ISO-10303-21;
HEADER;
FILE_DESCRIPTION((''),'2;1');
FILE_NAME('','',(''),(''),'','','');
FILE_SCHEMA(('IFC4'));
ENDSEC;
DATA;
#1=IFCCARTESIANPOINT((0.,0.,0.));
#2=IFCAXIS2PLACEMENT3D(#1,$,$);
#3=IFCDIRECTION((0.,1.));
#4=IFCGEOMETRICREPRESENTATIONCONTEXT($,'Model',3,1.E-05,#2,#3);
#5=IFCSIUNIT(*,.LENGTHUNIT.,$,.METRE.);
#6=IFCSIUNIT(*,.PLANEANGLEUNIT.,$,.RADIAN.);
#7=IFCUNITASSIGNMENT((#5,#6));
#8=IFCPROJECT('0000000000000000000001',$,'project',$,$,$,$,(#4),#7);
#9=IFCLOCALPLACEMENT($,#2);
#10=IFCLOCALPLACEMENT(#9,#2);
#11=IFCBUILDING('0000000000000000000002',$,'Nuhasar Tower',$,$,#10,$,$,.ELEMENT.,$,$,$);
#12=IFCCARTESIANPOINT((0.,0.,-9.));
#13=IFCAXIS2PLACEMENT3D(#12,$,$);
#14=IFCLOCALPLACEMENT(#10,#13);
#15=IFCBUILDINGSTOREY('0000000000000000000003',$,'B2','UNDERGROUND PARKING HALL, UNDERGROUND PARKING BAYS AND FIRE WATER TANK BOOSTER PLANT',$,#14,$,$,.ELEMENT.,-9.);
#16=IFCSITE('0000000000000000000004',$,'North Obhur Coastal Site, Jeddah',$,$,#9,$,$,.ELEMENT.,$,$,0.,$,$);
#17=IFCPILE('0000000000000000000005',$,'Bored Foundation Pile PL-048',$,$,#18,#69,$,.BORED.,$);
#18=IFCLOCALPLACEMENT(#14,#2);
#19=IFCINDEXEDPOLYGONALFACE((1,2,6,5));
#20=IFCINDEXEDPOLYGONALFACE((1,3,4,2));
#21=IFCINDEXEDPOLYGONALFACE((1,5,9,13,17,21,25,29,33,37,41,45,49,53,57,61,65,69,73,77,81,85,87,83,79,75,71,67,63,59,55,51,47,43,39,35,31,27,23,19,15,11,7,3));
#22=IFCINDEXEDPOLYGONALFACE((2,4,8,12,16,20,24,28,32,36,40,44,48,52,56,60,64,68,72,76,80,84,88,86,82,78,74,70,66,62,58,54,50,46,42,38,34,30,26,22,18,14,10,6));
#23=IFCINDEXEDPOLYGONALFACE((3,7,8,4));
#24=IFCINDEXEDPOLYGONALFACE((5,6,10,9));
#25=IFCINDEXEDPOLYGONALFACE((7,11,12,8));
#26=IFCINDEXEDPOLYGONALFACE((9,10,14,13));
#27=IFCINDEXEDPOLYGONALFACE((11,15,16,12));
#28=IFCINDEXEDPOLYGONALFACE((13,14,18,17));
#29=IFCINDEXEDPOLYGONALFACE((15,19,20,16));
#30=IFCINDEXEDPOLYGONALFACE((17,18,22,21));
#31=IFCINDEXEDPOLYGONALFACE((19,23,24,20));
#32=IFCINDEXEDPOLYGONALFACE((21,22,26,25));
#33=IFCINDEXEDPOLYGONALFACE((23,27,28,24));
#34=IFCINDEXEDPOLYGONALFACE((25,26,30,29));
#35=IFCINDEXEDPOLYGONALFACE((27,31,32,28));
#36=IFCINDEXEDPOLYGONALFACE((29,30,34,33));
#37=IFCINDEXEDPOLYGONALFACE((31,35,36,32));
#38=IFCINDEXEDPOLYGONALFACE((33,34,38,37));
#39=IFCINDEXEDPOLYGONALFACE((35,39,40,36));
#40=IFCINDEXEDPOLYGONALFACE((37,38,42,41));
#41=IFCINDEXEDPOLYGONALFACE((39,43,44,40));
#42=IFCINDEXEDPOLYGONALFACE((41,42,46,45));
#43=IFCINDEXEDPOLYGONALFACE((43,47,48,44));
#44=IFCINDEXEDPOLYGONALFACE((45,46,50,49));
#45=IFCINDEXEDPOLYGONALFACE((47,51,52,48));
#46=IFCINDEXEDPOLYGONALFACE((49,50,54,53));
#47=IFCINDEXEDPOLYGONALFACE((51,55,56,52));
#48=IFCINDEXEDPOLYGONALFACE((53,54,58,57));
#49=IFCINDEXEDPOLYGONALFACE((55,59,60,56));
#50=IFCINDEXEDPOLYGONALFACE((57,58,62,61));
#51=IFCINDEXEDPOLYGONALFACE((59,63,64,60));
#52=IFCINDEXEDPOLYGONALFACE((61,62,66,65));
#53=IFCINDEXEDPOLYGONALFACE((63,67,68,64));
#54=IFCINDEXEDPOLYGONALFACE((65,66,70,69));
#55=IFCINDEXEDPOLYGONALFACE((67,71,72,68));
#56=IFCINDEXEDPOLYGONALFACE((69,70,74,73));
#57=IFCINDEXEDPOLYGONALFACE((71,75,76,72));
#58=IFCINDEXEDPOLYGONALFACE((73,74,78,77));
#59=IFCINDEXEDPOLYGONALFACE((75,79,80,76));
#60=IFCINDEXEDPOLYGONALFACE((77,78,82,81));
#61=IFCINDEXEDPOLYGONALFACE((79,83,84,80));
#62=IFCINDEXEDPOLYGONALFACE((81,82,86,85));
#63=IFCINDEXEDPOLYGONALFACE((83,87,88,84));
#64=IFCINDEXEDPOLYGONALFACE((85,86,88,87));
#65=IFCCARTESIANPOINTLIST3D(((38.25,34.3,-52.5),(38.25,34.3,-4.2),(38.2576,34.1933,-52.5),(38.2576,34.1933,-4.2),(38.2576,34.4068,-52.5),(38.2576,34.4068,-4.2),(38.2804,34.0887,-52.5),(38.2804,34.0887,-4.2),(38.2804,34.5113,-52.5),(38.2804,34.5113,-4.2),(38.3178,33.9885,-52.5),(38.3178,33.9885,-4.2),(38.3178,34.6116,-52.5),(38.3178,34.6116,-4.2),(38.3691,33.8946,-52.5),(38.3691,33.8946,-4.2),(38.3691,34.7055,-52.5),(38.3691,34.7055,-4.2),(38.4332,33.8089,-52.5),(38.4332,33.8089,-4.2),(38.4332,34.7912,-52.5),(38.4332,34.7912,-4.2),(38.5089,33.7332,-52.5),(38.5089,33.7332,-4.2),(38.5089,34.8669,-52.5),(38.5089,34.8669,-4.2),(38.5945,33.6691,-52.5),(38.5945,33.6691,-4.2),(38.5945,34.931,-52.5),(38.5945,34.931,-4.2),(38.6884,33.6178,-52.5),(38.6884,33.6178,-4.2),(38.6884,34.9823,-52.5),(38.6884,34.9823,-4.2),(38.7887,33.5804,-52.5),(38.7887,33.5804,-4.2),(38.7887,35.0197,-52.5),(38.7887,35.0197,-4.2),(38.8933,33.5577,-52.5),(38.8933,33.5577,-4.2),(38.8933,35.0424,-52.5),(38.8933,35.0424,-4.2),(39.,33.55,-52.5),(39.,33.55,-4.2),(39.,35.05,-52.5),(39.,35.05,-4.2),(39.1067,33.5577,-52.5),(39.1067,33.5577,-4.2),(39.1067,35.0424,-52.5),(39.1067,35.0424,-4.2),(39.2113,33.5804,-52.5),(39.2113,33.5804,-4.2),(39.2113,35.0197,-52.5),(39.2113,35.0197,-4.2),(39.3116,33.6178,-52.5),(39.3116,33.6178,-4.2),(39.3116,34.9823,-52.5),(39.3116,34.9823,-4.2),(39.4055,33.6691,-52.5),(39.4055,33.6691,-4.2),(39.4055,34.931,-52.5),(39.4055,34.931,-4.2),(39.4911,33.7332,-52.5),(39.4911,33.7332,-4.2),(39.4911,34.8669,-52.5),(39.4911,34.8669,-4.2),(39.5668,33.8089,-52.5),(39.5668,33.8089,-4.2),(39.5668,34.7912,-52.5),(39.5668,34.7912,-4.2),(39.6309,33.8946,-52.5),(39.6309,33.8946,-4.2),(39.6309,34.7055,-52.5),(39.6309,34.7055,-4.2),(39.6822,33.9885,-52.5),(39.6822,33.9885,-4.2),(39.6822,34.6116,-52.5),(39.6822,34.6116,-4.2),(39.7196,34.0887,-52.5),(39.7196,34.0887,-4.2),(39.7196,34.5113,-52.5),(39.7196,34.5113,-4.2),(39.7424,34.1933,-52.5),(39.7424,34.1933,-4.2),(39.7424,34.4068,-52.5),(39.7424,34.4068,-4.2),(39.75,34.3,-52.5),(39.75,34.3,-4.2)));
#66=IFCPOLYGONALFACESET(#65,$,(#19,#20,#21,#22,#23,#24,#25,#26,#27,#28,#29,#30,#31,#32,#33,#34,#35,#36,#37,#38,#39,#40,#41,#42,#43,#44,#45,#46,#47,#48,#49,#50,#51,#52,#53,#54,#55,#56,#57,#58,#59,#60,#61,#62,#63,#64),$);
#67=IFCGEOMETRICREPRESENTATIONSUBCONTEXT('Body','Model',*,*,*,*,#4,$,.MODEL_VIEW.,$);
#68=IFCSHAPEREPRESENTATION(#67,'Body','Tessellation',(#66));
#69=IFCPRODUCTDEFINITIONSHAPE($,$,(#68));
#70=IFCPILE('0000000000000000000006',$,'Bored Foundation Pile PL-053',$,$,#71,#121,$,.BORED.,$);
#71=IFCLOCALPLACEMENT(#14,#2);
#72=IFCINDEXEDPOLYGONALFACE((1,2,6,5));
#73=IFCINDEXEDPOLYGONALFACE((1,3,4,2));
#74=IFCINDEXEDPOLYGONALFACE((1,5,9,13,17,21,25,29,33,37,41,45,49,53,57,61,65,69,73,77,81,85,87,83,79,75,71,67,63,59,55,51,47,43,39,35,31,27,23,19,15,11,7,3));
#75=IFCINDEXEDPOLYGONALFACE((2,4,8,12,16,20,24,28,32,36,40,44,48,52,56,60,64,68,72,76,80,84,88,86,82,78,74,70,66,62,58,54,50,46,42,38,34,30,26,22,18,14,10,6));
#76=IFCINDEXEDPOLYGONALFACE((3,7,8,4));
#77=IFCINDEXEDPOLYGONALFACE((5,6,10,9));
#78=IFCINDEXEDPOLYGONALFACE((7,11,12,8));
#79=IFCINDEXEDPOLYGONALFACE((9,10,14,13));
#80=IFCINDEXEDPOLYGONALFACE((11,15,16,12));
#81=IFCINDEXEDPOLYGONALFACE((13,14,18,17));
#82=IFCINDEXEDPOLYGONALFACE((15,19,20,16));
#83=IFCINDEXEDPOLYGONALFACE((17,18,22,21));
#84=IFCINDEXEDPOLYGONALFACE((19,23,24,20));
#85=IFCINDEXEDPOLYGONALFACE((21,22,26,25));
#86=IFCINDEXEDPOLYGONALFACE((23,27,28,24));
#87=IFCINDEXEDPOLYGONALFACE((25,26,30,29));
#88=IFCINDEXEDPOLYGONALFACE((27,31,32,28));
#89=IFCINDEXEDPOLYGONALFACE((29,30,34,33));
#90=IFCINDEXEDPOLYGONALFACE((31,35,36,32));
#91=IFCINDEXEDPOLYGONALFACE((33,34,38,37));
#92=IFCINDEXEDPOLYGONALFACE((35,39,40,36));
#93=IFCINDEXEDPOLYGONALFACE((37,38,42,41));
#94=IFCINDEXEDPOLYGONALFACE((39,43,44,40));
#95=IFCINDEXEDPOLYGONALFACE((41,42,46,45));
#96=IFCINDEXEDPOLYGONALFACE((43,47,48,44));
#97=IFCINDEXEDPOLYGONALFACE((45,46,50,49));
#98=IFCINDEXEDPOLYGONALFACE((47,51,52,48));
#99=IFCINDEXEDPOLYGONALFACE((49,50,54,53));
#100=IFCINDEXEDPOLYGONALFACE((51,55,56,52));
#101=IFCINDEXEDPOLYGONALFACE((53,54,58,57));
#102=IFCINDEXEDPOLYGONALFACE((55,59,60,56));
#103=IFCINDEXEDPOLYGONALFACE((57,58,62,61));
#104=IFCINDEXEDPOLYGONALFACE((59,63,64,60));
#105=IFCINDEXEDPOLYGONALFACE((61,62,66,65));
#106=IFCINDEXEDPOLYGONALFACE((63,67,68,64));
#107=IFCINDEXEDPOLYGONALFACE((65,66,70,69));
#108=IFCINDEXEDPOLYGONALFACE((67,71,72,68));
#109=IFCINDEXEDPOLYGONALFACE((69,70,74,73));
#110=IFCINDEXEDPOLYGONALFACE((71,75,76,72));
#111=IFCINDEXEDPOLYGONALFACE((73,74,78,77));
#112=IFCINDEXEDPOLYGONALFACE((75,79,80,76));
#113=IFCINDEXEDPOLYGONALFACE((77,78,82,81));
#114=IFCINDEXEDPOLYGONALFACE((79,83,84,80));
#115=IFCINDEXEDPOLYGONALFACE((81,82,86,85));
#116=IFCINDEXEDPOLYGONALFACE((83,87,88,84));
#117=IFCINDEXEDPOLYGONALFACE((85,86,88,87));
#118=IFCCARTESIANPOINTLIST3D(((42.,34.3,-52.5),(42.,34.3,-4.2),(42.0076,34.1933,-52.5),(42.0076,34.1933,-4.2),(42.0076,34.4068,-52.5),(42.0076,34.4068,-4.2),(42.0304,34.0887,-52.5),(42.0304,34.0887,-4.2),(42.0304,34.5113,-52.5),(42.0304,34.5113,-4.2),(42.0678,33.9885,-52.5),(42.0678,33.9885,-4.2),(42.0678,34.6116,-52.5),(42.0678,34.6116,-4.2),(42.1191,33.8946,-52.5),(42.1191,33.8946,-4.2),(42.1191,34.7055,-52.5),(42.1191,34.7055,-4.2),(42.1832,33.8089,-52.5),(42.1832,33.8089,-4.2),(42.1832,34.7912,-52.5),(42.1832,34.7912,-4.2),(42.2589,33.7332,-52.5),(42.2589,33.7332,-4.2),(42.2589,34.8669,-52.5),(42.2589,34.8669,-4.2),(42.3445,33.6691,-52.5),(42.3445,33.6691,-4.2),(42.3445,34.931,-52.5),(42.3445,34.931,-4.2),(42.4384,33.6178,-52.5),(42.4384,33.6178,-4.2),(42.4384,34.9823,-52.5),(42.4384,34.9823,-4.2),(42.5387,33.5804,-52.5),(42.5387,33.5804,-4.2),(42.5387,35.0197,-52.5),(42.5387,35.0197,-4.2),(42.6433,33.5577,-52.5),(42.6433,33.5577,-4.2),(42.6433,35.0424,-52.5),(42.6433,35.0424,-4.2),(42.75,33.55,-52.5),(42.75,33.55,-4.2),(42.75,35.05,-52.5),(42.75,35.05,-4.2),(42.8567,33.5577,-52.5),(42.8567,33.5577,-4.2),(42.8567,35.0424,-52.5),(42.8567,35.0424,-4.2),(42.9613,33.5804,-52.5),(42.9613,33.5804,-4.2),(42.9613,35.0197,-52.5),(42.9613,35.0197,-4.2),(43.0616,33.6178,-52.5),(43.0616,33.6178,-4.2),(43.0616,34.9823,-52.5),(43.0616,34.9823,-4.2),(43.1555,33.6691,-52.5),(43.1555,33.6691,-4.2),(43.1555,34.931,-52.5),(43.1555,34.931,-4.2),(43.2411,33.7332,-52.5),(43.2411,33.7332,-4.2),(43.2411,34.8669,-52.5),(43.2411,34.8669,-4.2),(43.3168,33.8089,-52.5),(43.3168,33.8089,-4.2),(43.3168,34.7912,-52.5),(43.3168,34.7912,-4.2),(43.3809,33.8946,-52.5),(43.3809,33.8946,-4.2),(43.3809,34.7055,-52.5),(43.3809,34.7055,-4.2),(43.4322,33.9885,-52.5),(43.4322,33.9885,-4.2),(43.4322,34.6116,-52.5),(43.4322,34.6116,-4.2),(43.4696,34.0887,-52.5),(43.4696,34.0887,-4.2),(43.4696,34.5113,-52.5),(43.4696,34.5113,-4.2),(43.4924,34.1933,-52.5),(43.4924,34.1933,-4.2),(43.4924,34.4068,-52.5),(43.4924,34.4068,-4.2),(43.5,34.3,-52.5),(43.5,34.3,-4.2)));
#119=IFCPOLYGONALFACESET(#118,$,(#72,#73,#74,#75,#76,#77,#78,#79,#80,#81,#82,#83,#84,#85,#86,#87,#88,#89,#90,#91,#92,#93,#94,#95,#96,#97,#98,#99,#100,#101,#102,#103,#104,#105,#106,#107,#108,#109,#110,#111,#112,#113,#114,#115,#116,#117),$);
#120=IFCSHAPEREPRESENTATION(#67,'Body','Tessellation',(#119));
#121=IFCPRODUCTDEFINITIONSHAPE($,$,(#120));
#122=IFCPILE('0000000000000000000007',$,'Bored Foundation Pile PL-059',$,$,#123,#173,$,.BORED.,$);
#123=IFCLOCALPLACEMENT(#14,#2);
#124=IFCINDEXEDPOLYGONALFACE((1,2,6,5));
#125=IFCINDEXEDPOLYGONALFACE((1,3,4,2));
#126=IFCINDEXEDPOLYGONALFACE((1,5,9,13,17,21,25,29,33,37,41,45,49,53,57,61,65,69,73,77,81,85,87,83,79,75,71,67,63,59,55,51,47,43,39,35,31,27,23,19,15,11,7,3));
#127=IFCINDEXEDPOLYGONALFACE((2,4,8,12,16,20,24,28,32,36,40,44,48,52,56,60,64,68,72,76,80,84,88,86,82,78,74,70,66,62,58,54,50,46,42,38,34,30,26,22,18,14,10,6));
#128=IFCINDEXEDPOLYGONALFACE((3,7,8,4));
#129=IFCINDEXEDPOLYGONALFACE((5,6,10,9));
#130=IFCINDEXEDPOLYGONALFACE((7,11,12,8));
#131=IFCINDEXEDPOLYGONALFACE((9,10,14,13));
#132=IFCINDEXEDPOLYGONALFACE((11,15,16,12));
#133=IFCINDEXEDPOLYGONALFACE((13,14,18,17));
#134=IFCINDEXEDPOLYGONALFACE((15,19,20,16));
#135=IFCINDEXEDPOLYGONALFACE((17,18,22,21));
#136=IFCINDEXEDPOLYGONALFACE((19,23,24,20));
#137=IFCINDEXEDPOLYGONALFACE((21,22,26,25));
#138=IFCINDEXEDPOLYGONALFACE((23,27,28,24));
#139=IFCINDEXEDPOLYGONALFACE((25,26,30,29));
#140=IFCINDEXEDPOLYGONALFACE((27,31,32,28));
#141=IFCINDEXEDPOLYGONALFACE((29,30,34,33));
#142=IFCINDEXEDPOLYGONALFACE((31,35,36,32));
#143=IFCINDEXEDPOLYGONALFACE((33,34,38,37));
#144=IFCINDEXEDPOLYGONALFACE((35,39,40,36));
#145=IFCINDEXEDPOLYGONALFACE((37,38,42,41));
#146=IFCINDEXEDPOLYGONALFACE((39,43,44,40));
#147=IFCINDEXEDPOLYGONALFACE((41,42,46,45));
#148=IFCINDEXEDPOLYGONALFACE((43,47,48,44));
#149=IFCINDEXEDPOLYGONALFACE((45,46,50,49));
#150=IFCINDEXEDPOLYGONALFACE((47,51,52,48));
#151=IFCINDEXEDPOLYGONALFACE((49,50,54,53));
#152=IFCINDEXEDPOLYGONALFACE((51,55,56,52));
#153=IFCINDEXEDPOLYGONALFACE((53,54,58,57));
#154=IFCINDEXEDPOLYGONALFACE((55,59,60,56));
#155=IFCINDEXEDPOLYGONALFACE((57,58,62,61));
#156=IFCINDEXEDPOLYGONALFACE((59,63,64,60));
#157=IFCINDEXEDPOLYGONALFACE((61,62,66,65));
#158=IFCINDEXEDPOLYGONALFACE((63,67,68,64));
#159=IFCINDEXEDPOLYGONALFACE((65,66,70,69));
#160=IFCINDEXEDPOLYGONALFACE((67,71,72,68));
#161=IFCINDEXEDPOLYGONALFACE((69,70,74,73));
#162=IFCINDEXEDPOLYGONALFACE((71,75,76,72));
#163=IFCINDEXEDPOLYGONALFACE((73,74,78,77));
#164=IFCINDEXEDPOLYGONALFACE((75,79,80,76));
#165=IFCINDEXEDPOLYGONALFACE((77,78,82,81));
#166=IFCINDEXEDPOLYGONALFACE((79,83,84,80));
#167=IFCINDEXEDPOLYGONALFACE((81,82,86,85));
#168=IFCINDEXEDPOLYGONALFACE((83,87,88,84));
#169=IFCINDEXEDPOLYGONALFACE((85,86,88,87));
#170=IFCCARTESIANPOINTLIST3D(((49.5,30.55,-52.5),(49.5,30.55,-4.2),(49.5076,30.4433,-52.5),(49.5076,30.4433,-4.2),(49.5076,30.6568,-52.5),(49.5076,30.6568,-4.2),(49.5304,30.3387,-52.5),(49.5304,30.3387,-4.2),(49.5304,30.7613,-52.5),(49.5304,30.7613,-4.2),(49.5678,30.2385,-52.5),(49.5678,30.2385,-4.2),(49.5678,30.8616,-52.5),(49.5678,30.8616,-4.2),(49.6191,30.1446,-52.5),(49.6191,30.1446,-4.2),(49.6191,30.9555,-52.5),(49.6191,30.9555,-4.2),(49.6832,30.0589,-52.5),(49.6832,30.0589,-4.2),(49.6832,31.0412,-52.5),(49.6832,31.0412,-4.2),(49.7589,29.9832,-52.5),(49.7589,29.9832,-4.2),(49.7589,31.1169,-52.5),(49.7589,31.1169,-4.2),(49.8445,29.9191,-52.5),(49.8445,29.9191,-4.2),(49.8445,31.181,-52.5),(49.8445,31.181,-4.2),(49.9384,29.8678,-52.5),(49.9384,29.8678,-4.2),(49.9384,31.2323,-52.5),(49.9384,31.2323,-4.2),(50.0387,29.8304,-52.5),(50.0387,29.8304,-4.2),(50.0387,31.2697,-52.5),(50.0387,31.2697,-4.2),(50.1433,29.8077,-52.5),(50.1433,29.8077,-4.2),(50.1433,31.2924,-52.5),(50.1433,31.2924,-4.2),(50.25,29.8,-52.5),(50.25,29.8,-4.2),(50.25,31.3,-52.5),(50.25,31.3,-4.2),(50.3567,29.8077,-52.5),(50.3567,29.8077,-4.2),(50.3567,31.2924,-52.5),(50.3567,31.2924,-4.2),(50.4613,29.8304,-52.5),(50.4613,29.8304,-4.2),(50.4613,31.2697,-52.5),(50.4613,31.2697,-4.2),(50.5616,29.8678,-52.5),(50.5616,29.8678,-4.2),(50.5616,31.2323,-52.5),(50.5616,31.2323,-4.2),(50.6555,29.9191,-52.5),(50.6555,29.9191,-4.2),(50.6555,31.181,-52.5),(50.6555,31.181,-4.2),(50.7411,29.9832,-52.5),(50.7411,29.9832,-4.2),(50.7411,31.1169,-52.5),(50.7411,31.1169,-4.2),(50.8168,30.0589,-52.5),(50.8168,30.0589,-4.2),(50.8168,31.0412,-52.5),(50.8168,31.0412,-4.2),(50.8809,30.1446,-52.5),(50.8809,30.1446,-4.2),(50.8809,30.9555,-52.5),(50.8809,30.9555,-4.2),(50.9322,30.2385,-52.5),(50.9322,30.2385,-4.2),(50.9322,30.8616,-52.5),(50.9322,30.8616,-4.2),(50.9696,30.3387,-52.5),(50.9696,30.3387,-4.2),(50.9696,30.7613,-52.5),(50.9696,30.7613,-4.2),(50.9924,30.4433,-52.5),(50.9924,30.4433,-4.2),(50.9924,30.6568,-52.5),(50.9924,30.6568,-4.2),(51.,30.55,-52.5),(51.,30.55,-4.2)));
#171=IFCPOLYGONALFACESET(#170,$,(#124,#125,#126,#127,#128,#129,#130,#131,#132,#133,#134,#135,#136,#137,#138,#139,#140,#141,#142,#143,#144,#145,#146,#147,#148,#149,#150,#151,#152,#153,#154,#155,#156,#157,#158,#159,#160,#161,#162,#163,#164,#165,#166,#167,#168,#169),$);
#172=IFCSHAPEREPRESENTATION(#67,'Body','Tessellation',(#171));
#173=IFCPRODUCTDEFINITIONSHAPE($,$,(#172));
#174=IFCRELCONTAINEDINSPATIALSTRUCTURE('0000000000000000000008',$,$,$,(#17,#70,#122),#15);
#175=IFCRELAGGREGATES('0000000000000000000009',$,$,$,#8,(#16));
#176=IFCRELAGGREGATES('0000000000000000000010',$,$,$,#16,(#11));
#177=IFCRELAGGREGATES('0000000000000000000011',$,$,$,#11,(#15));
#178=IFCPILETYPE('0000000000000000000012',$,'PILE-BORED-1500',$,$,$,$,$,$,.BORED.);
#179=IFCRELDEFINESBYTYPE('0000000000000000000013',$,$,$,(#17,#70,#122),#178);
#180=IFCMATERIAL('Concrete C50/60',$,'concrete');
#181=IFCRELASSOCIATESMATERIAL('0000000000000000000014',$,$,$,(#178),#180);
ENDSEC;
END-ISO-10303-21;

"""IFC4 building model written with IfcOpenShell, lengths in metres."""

from ifc_helpers import new_model, si_unit, direction, frame, origin, origin_2d, place, context, subcontext, project, spatial, circle, extrude, material, material_profile, profile_set, type_object, element, save


model = new_model("IFC4")

# Units and contexts
model_context = context("Model", 3, precision=1e-05, world=origin(), true_north=direction((0.0, 1.0)))
body_context = subcontext(model_context, "Body", "Model", "MODEL_VIEW")
ifc_project = project(units=[si_unit("LENGTHUNIT", "METRE"), si_unit("PLANEANGLEUNIT", "RADIAN")], contexts=[model_context])

# Site, building, storey
site_placement = place(None, origin())
site = spatial("IfcSite", under=ifc_project, at=site_placement, Name="North Obhur Coastal Site, Jeddah", CompositionType="ELEMENT", RefElevation=0.0)
building_placement = place(site_placement, origin())
building = spatial("IfcBuilding", under=site, at=building_placement, Name="Nuhasar Tower", CompositionType="ELEMENT")
storey_placement = place(building_placement, frame((0.0, 0.0, -9.0)))
storey = spatial("IfcBuildingStorey", under=building, at=storey_placement, Name="B2", Description="UNDERGROUND PARKING HALL, UNDERGROUND PARKING BAYS AND FIRE WATER TANK BOOSTER PLANT", CompositionType="ELEMENT", Elevation=-9.0)

# Piles
ifc_material_1 = material(Name="Concrete C50/60", Category="concrete")
ifc_material_profile_1 = material_profile(ifc_material_1, circle(Radius=0.75, at=origin_2d()), Name="PILE1500")
ifc_profile_set_1 = profile_set([ifc_material_profile_1], Name="Concrete C50/60")
pile_type = type_object("IfcPileType", Name="PILE-BORED-1500", PredefinedType="BORED", material=ifc_profile_set_1)
for number, where, z_axis, x_axis, name in (
    (1, (39.0, 34.3, -4.2), (0.0, 0.0, -1.0), (1.0, 0.0, 0.0), "Bored Foundation Pile PL-048"),
    (2, (42.75, 34.3, -4.2), (0.0, 0.0, -1.0), (1.0, 0.0, 0.0), "Bored Foundation Pile PL-053"),
    (3, (50.25, 30.55, -4.2), (0.0, 0.0, -1.0), (1.0, 0.0, 0.0), "Bored Foundation Pile PL-059"),
):
    element("IfcPile", number, at=place(storey_placement, frame(where, z_axis=z_axis, x_axis=x_axis)), inside=storey, type_object=pile_type, Name=name, PredefinedType="BORED", context=body_context, shape_type="SweptSolid", body=[
        extrude(circle(Radius=0.75, at=origin_2d()), origin(), (0.0, 0.0, 1.0), 48.3),
    ])

save(model, "model.ifc")
